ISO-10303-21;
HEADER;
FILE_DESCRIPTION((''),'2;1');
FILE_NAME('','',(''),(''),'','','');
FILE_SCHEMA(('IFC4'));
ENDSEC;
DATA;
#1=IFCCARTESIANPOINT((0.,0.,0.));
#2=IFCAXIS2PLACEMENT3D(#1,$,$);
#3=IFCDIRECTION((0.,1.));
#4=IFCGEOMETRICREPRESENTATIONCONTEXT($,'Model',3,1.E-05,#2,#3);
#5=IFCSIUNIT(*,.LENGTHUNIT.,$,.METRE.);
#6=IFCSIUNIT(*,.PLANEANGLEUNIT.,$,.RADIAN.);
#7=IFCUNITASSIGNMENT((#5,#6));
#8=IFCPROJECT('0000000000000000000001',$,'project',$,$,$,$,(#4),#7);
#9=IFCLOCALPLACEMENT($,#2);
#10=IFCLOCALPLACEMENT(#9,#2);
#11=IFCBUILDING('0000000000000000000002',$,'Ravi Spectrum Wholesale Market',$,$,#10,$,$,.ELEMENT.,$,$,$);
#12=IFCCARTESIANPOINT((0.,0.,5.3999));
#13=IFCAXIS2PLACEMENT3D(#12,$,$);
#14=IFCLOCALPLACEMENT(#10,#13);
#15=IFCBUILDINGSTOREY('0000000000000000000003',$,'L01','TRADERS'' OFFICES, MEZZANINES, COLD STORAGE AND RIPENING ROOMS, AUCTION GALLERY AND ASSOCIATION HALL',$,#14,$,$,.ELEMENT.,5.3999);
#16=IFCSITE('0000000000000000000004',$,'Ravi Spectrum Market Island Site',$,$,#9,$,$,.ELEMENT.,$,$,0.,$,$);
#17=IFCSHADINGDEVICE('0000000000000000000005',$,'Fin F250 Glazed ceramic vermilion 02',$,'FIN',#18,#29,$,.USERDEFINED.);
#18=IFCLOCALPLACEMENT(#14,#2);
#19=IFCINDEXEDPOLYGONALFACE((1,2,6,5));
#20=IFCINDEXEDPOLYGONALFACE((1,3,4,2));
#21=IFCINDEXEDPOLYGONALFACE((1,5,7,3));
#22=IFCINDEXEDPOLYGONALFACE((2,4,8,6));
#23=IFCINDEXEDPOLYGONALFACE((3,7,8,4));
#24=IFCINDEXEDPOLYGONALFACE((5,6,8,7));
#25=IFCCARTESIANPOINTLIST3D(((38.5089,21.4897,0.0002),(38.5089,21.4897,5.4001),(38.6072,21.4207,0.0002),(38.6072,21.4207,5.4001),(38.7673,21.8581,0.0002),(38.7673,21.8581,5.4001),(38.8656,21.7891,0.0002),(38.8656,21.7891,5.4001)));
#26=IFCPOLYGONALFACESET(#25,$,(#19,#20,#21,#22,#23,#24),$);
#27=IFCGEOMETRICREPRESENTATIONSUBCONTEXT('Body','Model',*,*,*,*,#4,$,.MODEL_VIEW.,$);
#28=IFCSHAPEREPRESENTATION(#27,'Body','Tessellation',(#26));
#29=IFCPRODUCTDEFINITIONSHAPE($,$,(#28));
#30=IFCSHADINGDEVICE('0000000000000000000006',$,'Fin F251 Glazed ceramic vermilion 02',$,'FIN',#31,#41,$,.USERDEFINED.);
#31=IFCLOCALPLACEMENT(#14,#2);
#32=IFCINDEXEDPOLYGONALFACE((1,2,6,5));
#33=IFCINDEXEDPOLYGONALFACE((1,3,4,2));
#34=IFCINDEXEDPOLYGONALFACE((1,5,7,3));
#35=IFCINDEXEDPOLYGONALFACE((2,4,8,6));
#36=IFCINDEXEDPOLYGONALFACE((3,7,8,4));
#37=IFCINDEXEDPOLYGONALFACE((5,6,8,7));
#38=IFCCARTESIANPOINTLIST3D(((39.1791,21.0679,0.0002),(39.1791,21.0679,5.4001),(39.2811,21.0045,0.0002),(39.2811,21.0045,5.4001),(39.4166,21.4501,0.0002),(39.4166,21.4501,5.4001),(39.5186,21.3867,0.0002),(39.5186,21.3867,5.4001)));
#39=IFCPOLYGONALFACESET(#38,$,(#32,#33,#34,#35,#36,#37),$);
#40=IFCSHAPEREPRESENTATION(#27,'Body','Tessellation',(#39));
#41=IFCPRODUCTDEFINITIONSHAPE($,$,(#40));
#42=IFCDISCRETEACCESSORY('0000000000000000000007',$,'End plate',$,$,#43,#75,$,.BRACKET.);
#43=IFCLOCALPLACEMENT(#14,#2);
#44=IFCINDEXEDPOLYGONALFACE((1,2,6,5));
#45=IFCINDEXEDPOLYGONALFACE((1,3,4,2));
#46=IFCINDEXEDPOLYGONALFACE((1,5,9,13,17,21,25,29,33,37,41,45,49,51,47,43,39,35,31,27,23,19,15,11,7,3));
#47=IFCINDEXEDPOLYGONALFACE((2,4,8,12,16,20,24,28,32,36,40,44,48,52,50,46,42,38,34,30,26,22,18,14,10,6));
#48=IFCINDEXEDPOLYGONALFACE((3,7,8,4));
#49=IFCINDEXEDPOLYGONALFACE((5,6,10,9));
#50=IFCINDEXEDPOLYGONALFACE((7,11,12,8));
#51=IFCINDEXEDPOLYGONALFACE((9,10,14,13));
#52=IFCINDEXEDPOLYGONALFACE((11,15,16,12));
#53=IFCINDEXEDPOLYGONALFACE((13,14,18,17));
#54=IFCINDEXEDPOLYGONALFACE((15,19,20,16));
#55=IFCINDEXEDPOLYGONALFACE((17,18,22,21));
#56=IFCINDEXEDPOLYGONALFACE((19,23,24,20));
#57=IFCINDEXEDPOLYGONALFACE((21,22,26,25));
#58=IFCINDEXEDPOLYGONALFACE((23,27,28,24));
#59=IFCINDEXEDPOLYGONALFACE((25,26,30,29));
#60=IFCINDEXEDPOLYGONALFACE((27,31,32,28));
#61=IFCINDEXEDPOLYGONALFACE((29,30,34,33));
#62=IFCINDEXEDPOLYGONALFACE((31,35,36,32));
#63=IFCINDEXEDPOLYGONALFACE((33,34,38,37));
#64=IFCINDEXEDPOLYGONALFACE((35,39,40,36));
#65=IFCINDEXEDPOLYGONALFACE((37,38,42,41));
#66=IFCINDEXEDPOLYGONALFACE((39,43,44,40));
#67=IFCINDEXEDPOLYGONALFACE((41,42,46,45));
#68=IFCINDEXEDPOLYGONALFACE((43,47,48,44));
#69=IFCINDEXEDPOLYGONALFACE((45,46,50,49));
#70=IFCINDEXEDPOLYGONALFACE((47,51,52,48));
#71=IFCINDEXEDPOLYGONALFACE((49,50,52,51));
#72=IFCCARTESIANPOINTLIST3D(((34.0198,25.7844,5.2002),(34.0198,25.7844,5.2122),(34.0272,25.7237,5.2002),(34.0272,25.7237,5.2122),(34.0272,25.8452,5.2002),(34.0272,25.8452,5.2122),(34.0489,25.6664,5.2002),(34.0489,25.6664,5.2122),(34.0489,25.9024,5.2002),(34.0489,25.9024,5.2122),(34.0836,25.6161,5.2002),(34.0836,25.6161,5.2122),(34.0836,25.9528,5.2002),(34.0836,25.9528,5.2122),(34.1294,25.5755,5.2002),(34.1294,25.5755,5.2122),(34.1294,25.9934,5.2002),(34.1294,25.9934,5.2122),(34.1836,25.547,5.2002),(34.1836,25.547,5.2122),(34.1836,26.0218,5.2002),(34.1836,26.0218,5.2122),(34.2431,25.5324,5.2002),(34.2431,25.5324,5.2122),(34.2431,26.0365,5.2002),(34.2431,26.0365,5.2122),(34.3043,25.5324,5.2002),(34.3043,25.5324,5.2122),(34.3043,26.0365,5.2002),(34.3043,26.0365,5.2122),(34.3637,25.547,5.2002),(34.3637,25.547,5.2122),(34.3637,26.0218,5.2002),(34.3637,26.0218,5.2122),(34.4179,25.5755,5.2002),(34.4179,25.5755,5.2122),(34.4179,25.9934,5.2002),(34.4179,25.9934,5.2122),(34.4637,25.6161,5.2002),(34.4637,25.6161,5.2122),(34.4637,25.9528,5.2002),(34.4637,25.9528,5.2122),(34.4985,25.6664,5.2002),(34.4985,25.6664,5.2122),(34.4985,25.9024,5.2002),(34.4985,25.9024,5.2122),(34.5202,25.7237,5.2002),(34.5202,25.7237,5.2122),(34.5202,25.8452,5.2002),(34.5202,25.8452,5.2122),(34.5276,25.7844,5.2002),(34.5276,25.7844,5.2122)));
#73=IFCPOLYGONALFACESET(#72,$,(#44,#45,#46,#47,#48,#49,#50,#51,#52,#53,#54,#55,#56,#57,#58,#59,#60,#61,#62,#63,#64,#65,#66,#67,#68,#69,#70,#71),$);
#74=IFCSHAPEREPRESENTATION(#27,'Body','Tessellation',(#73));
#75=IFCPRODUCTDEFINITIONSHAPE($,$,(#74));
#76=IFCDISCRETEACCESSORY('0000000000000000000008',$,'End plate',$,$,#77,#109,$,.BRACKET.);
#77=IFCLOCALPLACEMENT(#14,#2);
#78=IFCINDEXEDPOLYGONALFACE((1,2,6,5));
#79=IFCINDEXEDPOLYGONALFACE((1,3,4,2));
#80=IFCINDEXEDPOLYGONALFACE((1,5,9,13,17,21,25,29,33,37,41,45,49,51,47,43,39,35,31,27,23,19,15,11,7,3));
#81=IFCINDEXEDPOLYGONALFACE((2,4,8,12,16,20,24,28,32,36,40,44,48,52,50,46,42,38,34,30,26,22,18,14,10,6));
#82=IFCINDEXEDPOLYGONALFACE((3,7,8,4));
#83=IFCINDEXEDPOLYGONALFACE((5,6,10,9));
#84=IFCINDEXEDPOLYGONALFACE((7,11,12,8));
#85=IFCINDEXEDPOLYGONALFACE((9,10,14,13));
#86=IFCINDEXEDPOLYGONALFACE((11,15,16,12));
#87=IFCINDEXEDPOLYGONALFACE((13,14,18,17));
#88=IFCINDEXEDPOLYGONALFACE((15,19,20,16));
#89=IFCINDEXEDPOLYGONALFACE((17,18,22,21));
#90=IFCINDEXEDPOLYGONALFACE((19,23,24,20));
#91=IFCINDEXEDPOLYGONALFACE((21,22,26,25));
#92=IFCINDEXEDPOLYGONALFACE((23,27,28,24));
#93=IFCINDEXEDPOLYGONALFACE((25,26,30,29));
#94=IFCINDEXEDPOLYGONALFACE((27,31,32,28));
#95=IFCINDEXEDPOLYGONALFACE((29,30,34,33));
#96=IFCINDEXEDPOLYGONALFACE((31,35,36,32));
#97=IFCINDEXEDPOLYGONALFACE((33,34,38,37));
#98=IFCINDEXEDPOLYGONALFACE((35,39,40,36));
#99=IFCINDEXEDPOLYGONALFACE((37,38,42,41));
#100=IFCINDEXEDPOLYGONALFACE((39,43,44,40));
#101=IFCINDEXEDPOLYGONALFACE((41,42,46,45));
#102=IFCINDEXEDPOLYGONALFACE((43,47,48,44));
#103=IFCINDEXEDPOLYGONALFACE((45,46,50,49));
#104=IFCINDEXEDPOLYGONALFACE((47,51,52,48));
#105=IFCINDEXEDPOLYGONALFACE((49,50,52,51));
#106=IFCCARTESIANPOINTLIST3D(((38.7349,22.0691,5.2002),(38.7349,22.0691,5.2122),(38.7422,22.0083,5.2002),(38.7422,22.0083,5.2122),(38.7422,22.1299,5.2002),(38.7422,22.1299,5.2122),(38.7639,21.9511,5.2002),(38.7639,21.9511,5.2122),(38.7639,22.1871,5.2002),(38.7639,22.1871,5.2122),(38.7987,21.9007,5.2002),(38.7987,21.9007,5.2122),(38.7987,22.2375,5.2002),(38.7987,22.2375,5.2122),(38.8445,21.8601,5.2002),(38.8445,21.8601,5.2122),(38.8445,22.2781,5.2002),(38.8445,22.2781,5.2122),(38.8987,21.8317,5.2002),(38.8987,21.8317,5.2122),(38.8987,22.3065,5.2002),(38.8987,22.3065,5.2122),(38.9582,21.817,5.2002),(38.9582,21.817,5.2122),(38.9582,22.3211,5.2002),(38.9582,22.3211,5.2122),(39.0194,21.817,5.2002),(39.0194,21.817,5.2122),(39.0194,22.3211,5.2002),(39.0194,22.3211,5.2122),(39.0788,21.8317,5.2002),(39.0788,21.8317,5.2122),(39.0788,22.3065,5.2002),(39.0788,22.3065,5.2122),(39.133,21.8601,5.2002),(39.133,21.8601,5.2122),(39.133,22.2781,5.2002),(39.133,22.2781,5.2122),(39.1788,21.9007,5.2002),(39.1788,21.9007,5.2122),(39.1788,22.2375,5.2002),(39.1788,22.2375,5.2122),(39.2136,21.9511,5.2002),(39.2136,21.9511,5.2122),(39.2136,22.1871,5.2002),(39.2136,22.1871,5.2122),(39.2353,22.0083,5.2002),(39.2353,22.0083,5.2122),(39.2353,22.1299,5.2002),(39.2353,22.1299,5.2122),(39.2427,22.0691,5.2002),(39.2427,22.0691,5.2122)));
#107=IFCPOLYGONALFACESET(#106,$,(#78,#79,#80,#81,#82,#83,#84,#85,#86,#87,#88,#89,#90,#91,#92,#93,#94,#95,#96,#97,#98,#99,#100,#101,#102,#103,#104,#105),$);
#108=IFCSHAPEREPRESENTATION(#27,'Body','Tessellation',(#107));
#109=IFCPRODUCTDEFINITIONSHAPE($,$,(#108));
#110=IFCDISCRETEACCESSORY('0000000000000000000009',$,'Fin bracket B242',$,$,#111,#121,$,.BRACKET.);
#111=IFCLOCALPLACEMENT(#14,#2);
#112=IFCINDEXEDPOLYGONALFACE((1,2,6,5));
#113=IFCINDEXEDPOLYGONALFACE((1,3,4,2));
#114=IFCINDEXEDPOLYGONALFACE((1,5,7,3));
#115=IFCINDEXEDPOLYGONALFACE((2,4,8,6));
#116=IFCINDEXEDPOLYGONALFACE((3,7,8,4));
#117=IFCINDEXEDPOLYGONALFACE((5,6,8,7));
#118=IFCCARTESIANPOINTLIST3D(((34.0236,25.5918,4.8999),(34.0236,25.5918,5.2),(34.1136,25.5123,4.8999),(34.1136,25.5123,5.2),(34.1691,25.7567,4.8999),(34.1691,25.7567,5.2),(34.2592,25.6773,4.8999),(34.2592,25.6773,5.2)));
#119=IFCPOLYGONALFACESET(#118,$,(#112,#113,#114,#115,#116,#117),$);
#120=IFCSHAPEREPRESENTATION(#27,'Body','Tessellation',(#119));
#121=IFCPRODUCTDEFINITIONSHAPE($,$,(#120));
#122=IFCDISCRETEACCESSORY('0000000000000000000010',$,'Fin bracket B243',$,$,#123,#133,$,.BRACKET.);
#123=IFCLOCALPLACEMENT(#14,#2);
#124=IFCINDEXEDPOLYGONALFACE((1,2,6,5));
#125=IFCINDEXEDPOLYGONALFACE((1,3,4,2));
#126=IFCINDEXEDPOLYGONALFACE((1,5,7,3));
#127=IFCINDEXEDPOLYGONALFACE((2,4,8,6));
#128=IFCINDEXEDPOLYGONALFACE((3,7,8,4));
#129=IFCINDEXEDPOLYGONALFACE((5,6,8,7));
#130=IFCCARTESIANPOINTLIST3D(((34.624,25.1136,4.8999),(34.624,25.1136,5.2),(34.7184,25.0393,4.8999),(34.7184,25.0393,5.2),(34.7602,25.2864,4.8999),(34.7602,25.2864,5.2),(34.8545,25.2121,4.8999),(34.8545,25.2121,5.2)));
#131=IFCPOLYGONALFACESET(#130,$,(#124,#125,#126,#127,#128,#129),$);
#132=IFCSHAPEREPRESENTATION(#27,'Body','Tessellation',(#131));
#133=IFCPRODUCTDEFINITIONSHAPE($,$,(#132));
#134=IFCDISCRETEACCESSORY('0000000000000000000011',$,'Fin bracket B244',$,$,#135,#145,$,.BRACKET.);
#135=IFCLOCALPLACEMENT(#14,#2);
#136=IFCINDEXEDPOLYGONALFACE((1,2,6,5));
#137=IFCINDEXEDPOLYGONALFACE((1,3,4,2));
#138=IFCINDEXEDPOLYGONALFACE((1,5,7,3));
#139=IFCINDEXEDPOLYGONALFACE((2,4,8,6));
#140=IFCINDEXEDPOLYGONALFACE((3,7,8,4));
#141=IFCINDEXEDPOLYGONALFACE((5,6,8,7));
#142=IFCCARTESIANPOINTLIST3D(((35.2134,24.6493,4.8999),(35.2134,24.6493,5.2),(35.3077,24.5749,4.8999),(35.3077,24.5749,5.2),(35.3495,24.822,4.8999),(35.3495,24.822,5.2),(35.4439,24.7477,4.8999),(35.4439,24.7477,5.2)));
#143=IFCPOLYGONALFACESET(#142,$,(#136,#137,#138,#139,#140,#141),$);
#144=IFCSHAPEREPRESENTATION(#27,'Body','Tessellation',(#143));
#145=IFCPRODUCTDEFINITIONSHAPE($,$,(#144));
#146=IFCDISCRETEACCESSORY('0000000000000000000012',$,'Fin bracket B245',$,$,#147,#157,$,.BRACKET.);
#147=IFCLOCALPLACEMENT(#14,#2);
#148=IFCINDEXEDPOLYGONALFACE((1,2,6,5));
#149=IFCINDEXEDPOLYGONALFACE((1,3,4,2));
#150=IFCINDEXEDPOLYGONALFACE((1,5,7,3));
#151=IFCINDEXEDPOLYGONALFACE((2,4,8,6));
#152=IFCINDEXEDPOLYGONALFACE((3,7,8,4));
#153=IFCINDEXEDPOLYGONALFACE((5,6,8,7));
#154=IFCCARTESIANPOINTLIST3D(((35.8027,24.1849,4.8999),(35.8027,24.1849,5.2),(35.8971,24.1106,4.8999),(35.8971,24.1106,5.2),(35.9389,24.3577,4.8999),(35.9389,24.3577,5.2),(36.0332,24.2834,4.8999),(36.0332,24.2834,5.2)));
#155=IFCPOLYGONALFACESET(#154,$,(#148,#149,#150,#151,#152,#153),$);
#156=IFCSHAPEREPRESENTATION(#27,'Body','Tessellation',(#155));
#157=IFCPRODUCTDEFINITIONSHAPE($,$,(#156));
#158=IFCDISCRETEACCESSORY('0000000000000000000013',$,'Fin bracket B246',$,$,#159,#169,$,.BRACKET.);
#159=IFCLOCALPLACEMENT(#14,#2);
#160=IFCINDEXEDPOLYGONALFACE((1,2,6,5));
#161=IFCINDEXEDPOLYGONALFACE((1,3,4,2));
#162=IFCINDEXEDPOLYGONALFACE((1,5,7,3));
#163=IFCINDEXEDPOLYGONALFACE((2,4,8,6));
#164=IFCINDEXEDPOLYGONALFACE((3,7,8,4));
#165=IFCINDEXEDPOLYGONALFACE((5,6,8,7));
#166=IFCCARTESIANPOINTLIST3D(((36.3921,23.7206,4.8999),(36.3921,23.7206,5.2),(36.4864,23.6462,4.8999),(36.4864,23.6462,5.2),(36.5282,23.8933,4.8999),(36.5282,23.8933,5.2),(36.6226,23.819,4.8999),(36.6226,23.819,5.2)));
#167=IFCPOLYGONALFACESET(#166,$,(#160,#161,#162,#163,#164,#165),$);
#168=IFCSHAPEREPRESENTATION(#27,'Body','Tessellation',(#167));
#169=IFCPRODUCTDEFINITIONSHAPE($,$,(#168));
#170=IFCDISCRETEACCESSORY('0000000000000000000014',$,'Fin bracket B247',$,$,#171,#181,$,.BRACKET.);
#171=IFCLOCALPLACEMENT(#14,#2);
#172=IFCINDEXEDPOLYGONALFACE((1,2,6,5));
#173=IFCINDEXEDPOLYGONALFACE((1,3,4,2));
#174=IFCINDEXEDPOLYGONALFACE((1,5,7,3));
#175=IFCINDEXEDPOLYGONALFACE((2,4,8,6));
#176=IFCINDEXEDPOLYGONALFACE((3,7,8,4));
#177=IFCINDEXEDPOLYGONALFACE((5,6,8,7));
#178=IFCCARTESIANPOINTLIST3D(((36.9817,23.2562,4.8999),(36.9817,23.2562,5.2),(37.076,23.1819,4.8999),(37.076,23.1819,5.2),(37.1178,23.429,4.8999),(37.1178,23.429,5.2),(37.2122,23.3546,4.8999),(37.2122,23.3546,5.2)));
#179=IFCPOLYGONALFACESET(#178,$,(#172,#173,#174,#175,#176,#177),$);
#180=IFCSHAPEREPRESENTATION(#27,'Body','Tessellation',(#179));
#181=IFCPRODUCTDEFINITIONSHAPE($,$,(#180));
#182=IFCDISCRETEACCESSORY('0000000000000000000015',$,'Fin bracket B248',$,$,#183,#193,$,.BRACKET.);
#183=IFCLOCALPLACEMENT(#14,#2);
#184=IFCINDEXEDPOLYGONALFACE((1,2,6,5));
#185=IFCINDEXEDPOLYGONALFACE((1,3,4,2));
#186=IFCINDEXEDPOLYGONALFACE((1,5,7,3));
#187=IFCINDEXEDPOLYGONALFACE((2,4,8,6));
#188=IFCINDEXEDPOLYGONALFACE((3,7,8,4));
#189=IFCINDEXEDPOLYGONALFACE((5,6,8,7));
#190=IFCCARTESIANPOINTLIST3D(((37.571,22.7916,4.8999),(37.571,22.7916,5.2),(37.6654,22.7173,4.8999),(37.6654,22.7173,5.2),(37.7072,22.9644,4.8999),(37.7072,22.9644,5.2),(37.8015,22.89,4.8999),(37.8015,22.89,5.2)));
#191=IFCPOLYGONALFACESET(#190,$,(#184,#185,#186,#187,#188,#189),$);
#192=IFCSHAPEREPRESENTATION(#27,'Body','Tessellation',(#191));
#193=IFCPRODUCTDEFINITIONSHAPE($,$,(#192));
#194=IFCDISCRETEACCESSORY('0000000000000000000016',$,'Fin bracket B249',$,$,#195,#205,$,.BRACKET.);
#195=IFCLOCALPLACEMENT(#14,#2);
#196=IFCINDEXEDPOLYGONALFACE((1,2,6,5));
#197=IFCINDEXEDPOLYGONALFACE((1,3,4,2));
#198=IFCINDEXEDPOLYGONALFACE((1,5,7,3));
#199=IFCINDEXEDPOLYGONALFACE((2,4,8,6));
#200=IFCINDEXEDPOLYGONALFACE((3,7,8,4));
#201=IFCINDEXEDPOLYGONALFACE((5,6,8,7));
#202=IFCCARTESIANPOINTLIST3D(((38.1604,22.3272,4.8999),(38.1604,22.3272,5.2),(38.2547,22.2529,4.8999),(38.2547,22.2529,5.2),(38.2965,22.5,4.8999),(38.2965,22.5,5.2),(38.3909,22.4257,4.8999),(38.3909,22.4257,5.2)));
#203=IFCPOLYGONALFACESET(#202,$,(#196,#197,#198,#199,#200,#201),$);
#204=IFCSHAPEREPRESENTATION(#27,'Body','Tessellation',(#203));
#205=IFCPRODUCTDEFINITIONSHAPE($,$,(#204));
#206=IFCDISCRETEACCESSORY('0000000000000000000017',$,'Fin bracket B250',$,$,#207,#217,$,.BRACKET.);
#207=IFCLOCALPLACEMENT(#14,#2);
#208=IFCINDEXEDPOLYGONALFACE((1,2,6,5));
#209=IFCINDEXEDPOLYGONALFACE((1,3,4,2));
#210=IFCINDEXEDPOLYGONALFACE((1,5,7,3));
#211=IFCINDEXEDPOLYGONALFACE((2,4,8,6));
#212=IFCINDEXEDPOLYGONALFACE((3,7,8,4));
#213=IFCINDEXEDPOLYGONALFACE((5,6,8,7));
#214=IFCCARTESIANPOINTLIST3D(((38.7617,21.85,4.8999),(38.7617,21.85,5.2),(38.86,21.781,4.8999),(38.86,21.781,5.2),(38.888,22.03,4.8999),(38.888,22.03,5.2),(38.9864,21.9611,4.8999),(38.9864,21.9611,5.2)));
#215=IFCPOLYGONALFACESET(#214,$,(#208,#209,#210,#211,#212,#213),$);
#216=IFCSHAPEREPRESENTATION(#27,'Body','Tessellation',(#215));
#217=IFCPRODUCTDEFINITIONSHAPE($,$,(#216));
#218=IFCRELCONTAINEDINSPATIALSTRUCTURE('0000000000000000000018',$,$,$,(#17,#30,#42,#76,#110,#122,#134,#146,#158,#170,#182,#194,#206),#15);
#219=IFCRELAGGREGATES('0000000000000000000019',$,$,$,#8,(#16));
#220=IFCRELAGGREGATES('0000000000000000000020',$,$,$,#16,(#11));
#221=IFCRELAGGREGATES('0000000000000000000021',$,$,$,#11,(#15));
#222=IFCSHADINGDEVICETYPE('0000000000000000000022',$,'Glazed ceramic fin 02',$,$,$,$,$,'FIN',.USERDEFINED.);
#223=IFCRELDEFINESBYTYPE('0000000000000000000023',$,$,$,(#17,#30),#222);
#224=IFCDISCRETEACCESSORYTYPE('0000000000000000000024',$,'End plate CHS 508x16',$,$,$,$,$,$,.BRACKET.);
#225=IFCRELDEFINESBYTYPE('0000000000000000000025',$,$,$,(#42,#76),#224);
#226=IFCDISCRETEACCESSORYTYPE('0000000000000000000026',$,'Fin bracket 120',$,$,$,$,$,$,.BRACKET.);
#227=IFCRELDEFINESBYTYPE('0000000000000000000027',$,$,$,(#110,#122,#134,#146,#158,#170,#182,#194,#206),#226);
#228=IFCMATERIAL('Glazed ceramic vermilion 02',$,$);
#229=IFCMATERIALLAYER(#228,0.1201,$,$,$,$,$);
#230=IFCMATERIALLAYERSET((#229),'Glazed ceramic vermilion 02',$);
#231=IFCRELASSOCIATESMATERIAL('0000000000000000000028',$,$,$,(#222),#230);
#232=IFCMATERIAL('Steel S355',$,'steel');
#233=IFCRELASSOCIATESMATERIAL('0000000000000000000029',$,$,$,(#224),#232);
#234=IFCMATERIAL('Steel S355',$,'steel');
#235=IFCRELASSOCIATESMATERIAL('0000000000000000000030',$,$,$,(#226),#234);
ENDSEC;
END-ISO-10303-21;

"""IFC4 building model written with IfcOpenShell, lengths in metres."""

from ifc_helpers import new_model, si_unit, direction, frame, origin, origin_2d, place, context, subcontext, project, spatial, rectangle, circle, extrude, material, layer, layer_set, material_profile, profile_set, type_object, element, save


model = new_model("IFC4")

# Units and contexts
model_context = context("Model", 3, precision=1e-05, world=origin(), true_north=direction((0.0, 1.0)))
body_context = subcontext(model_context, "Body", "Model", "MODEL_VIEW")
ifc_project = project(units=[si_unit("LENGTHUNIT", "METRE"), si_unit("PLANEANGLEUNIT", "RADIAN")], contexts=[model_context])

# Site, building, storey
site_placement = place(None, origin())
site = spatial("IfcSite", under=ifc_project, at=site_placement, Name="Ravi Spectrum Market Island Site", CompositionType="ELEMENT", RefElevation=0.0)
building_placement = place(site_placement, origin())
building = spatial("IfcBuilding", under=site, at=building_placement, Name="Ravi Spectrum Wholesale Market", CompositionType="ELEMENT")
storey_placement = place(building_placement, frame((0.0, 0.0, 5.3999)))
storey = spatial("IfcBuildingStorey", under=building, at=storey_placement, Name="L01", Description="TRADERS' OFFICES, MEZZANINES, COLD STORAGE AND RIPENING ROOMS, AUCTION GALLERY AND ASSOCIATION HALL", CompositionType="ELEMENT", Elevation=5.3999)

# Shading devices
ifc_material_1 = material(Name="Glazed ceramic vermilion 02")
ifc_layer = layer(ifc_material_1, 0.1201)
ifc_layer_set = layer_set([ifc_layer], Name="Glazed ceramic vermilion 02")
shading_device_type = type_object("IfcShadingDeviceType", Name="Glazed ceramic fin 02", ElementType="FIN", PredefinedType="USERDEFINED", material=ifc_layer_set)
for number, where, z_axis, x_axis, name in (
    (1, (38.6873, 21.6394, 0.0002), (0.0, 0.0, 1.0), (0.818658, -0.574282, 0.0), "Fin F250 Glazed ceramic vermilion 02"),
    (2, (39.3489, 21.2273, 0.0002), (0.0, 0.0, 1.0), (0.849312, -0.527891, 0.0), "Fin F251 Glazed ceramic vermilion 02"),
):
    element("IfcShadingDevice", number, at=place(storey_placement, frame(where, z_axis=z_axis, x_axis=x_axis)), inside=storey, type_object=shading_device_type, Name=name, ObjectType="FIN", PredefinedType="USERDEFINED", context=body_context, shape_type="SweptSolid", body=[
        extrude(rectangle(XDim=0.1201, YDim=0.45, at=origin_2d()), origin(), (0.0, 0.0, 1.0), 5.3999),
    ])

# Discrete accessories
ifc_material_2 = material(Name="Steel S355", Category="steel")
ifc_material_profile_1 = material_profile(ifc_material_2, circle(Radius=0.2539, at=origin_2d()))
ifc_profile_set_1 = profile_set([ifc_material_profile_1], Name="Steel S355")
discrete_accessory_type_1 = type_object("IfcDiscreteAccessoryType", Name="End plate CHS 508x16", PredefinedType="BRACKET", material=ifc_profile_set_1)
for number, where, z_axis, x_axis, name in (
    (3, (34.2737, 25.7844, 5.2002), (0.0, 0.0, 1.0), (1.0, 0.0, 0.0), "End plate"),
    (4, (38.9888, 22.0691, 5.2002), (0.0, 0.0, 1.0), (1.0, 0.0, 0.0), "End plate"),
):
    element("IfcDiscreteAccessory", number, at=place(storey_placement, frame(where, z_axis=z_axis, x_axis=x_axis)), inside=storey, type_object=discrete_accessory_type_1, Name=name, PredefinedType="BRACKET", context=body_context, shape_type="SweptSolid", body=[
        extrude(circle(Radius=0.2539, at=origin_2d()), origin(), (0.0, 0.0, 1.0), 0.012),
    ])
ifc_material_3 = material(Name="Steel S355", Category="steel")
discrete_accessory_type_2 = type_object("IfcDiscreteAccessoryType", Name="Fin bracket 120", PredefinedType="BRACKET", material=ifc_material_3)
for number, where, z_axis, x_axis, name in (
    (5, (34.1414, 25.6345, 4.8999), (0.0, 0.0, 1.0), (0.749858, -0.661599, 0.0), "Fin bracket B242"),
    (6, (34.7393, 25.1628, 4.8999), (0.0, 0.0, 1.0), (0.785472, -0.618897, 0.0), "Fin bracket B243"),
    (7, (35.3286, 24.6985, 4.8999), (0.0, 0.0, 1.0), (0.785472, -0.618897, 0.0), "Fin bracket B244"),
    (8, (35.918, 24.2341, 4.8999), (0.0, 0.0, 1.0), (0.785472, -0.618897, 0.0), "Fin bracket B245"),
    (9, (36.5073, 23.7698, 4.8999), (0.0, 0.0, 1.0), (0.785472, -0.618897, 0.0), "Fin bracket B246"),
    (10, (37.0969, 23.3054, 4.8999), (0.0, 0.0, 1.0), (0.785472, -0.618897, 0.0), "Fin bracket B247"),
    (11, (37.6863, 22.8408, 4.8999), (0.0, 0.0, 1.0), (0.785472, -0.618897, 0.0), "Fin bracket B248"),
    (12, (38.2756, 22.3765, 4.8999), (0.0, 0.0, 1.0), (0.785472, -0.618897, 0.0), "Fin bracket B249"),
    (13, (38.874, 21.9055, 4.8999), (0.0, 0.0, 1.0), (0.818658, -0.574282, 0.0), "Fin bracket B250"),
):
    element("IfcDiscreteAccessory", number, at=place(storey_placement, frame(where, z_axis=z_axis, x_axis=x_axis)), inside=storey, type_object=discrete_accessory_type_2, Name=name, PredefinedType="BRACKET", context=body_context, shape_type="SweptSolid", body=[
        extrude(rectangle(XDim=0.1201, YDim=0.22, at=origin_2d()), origin(), (0.0, 0.0, 1.0), 0.3),
    ])

save(model, "model.ifc")
